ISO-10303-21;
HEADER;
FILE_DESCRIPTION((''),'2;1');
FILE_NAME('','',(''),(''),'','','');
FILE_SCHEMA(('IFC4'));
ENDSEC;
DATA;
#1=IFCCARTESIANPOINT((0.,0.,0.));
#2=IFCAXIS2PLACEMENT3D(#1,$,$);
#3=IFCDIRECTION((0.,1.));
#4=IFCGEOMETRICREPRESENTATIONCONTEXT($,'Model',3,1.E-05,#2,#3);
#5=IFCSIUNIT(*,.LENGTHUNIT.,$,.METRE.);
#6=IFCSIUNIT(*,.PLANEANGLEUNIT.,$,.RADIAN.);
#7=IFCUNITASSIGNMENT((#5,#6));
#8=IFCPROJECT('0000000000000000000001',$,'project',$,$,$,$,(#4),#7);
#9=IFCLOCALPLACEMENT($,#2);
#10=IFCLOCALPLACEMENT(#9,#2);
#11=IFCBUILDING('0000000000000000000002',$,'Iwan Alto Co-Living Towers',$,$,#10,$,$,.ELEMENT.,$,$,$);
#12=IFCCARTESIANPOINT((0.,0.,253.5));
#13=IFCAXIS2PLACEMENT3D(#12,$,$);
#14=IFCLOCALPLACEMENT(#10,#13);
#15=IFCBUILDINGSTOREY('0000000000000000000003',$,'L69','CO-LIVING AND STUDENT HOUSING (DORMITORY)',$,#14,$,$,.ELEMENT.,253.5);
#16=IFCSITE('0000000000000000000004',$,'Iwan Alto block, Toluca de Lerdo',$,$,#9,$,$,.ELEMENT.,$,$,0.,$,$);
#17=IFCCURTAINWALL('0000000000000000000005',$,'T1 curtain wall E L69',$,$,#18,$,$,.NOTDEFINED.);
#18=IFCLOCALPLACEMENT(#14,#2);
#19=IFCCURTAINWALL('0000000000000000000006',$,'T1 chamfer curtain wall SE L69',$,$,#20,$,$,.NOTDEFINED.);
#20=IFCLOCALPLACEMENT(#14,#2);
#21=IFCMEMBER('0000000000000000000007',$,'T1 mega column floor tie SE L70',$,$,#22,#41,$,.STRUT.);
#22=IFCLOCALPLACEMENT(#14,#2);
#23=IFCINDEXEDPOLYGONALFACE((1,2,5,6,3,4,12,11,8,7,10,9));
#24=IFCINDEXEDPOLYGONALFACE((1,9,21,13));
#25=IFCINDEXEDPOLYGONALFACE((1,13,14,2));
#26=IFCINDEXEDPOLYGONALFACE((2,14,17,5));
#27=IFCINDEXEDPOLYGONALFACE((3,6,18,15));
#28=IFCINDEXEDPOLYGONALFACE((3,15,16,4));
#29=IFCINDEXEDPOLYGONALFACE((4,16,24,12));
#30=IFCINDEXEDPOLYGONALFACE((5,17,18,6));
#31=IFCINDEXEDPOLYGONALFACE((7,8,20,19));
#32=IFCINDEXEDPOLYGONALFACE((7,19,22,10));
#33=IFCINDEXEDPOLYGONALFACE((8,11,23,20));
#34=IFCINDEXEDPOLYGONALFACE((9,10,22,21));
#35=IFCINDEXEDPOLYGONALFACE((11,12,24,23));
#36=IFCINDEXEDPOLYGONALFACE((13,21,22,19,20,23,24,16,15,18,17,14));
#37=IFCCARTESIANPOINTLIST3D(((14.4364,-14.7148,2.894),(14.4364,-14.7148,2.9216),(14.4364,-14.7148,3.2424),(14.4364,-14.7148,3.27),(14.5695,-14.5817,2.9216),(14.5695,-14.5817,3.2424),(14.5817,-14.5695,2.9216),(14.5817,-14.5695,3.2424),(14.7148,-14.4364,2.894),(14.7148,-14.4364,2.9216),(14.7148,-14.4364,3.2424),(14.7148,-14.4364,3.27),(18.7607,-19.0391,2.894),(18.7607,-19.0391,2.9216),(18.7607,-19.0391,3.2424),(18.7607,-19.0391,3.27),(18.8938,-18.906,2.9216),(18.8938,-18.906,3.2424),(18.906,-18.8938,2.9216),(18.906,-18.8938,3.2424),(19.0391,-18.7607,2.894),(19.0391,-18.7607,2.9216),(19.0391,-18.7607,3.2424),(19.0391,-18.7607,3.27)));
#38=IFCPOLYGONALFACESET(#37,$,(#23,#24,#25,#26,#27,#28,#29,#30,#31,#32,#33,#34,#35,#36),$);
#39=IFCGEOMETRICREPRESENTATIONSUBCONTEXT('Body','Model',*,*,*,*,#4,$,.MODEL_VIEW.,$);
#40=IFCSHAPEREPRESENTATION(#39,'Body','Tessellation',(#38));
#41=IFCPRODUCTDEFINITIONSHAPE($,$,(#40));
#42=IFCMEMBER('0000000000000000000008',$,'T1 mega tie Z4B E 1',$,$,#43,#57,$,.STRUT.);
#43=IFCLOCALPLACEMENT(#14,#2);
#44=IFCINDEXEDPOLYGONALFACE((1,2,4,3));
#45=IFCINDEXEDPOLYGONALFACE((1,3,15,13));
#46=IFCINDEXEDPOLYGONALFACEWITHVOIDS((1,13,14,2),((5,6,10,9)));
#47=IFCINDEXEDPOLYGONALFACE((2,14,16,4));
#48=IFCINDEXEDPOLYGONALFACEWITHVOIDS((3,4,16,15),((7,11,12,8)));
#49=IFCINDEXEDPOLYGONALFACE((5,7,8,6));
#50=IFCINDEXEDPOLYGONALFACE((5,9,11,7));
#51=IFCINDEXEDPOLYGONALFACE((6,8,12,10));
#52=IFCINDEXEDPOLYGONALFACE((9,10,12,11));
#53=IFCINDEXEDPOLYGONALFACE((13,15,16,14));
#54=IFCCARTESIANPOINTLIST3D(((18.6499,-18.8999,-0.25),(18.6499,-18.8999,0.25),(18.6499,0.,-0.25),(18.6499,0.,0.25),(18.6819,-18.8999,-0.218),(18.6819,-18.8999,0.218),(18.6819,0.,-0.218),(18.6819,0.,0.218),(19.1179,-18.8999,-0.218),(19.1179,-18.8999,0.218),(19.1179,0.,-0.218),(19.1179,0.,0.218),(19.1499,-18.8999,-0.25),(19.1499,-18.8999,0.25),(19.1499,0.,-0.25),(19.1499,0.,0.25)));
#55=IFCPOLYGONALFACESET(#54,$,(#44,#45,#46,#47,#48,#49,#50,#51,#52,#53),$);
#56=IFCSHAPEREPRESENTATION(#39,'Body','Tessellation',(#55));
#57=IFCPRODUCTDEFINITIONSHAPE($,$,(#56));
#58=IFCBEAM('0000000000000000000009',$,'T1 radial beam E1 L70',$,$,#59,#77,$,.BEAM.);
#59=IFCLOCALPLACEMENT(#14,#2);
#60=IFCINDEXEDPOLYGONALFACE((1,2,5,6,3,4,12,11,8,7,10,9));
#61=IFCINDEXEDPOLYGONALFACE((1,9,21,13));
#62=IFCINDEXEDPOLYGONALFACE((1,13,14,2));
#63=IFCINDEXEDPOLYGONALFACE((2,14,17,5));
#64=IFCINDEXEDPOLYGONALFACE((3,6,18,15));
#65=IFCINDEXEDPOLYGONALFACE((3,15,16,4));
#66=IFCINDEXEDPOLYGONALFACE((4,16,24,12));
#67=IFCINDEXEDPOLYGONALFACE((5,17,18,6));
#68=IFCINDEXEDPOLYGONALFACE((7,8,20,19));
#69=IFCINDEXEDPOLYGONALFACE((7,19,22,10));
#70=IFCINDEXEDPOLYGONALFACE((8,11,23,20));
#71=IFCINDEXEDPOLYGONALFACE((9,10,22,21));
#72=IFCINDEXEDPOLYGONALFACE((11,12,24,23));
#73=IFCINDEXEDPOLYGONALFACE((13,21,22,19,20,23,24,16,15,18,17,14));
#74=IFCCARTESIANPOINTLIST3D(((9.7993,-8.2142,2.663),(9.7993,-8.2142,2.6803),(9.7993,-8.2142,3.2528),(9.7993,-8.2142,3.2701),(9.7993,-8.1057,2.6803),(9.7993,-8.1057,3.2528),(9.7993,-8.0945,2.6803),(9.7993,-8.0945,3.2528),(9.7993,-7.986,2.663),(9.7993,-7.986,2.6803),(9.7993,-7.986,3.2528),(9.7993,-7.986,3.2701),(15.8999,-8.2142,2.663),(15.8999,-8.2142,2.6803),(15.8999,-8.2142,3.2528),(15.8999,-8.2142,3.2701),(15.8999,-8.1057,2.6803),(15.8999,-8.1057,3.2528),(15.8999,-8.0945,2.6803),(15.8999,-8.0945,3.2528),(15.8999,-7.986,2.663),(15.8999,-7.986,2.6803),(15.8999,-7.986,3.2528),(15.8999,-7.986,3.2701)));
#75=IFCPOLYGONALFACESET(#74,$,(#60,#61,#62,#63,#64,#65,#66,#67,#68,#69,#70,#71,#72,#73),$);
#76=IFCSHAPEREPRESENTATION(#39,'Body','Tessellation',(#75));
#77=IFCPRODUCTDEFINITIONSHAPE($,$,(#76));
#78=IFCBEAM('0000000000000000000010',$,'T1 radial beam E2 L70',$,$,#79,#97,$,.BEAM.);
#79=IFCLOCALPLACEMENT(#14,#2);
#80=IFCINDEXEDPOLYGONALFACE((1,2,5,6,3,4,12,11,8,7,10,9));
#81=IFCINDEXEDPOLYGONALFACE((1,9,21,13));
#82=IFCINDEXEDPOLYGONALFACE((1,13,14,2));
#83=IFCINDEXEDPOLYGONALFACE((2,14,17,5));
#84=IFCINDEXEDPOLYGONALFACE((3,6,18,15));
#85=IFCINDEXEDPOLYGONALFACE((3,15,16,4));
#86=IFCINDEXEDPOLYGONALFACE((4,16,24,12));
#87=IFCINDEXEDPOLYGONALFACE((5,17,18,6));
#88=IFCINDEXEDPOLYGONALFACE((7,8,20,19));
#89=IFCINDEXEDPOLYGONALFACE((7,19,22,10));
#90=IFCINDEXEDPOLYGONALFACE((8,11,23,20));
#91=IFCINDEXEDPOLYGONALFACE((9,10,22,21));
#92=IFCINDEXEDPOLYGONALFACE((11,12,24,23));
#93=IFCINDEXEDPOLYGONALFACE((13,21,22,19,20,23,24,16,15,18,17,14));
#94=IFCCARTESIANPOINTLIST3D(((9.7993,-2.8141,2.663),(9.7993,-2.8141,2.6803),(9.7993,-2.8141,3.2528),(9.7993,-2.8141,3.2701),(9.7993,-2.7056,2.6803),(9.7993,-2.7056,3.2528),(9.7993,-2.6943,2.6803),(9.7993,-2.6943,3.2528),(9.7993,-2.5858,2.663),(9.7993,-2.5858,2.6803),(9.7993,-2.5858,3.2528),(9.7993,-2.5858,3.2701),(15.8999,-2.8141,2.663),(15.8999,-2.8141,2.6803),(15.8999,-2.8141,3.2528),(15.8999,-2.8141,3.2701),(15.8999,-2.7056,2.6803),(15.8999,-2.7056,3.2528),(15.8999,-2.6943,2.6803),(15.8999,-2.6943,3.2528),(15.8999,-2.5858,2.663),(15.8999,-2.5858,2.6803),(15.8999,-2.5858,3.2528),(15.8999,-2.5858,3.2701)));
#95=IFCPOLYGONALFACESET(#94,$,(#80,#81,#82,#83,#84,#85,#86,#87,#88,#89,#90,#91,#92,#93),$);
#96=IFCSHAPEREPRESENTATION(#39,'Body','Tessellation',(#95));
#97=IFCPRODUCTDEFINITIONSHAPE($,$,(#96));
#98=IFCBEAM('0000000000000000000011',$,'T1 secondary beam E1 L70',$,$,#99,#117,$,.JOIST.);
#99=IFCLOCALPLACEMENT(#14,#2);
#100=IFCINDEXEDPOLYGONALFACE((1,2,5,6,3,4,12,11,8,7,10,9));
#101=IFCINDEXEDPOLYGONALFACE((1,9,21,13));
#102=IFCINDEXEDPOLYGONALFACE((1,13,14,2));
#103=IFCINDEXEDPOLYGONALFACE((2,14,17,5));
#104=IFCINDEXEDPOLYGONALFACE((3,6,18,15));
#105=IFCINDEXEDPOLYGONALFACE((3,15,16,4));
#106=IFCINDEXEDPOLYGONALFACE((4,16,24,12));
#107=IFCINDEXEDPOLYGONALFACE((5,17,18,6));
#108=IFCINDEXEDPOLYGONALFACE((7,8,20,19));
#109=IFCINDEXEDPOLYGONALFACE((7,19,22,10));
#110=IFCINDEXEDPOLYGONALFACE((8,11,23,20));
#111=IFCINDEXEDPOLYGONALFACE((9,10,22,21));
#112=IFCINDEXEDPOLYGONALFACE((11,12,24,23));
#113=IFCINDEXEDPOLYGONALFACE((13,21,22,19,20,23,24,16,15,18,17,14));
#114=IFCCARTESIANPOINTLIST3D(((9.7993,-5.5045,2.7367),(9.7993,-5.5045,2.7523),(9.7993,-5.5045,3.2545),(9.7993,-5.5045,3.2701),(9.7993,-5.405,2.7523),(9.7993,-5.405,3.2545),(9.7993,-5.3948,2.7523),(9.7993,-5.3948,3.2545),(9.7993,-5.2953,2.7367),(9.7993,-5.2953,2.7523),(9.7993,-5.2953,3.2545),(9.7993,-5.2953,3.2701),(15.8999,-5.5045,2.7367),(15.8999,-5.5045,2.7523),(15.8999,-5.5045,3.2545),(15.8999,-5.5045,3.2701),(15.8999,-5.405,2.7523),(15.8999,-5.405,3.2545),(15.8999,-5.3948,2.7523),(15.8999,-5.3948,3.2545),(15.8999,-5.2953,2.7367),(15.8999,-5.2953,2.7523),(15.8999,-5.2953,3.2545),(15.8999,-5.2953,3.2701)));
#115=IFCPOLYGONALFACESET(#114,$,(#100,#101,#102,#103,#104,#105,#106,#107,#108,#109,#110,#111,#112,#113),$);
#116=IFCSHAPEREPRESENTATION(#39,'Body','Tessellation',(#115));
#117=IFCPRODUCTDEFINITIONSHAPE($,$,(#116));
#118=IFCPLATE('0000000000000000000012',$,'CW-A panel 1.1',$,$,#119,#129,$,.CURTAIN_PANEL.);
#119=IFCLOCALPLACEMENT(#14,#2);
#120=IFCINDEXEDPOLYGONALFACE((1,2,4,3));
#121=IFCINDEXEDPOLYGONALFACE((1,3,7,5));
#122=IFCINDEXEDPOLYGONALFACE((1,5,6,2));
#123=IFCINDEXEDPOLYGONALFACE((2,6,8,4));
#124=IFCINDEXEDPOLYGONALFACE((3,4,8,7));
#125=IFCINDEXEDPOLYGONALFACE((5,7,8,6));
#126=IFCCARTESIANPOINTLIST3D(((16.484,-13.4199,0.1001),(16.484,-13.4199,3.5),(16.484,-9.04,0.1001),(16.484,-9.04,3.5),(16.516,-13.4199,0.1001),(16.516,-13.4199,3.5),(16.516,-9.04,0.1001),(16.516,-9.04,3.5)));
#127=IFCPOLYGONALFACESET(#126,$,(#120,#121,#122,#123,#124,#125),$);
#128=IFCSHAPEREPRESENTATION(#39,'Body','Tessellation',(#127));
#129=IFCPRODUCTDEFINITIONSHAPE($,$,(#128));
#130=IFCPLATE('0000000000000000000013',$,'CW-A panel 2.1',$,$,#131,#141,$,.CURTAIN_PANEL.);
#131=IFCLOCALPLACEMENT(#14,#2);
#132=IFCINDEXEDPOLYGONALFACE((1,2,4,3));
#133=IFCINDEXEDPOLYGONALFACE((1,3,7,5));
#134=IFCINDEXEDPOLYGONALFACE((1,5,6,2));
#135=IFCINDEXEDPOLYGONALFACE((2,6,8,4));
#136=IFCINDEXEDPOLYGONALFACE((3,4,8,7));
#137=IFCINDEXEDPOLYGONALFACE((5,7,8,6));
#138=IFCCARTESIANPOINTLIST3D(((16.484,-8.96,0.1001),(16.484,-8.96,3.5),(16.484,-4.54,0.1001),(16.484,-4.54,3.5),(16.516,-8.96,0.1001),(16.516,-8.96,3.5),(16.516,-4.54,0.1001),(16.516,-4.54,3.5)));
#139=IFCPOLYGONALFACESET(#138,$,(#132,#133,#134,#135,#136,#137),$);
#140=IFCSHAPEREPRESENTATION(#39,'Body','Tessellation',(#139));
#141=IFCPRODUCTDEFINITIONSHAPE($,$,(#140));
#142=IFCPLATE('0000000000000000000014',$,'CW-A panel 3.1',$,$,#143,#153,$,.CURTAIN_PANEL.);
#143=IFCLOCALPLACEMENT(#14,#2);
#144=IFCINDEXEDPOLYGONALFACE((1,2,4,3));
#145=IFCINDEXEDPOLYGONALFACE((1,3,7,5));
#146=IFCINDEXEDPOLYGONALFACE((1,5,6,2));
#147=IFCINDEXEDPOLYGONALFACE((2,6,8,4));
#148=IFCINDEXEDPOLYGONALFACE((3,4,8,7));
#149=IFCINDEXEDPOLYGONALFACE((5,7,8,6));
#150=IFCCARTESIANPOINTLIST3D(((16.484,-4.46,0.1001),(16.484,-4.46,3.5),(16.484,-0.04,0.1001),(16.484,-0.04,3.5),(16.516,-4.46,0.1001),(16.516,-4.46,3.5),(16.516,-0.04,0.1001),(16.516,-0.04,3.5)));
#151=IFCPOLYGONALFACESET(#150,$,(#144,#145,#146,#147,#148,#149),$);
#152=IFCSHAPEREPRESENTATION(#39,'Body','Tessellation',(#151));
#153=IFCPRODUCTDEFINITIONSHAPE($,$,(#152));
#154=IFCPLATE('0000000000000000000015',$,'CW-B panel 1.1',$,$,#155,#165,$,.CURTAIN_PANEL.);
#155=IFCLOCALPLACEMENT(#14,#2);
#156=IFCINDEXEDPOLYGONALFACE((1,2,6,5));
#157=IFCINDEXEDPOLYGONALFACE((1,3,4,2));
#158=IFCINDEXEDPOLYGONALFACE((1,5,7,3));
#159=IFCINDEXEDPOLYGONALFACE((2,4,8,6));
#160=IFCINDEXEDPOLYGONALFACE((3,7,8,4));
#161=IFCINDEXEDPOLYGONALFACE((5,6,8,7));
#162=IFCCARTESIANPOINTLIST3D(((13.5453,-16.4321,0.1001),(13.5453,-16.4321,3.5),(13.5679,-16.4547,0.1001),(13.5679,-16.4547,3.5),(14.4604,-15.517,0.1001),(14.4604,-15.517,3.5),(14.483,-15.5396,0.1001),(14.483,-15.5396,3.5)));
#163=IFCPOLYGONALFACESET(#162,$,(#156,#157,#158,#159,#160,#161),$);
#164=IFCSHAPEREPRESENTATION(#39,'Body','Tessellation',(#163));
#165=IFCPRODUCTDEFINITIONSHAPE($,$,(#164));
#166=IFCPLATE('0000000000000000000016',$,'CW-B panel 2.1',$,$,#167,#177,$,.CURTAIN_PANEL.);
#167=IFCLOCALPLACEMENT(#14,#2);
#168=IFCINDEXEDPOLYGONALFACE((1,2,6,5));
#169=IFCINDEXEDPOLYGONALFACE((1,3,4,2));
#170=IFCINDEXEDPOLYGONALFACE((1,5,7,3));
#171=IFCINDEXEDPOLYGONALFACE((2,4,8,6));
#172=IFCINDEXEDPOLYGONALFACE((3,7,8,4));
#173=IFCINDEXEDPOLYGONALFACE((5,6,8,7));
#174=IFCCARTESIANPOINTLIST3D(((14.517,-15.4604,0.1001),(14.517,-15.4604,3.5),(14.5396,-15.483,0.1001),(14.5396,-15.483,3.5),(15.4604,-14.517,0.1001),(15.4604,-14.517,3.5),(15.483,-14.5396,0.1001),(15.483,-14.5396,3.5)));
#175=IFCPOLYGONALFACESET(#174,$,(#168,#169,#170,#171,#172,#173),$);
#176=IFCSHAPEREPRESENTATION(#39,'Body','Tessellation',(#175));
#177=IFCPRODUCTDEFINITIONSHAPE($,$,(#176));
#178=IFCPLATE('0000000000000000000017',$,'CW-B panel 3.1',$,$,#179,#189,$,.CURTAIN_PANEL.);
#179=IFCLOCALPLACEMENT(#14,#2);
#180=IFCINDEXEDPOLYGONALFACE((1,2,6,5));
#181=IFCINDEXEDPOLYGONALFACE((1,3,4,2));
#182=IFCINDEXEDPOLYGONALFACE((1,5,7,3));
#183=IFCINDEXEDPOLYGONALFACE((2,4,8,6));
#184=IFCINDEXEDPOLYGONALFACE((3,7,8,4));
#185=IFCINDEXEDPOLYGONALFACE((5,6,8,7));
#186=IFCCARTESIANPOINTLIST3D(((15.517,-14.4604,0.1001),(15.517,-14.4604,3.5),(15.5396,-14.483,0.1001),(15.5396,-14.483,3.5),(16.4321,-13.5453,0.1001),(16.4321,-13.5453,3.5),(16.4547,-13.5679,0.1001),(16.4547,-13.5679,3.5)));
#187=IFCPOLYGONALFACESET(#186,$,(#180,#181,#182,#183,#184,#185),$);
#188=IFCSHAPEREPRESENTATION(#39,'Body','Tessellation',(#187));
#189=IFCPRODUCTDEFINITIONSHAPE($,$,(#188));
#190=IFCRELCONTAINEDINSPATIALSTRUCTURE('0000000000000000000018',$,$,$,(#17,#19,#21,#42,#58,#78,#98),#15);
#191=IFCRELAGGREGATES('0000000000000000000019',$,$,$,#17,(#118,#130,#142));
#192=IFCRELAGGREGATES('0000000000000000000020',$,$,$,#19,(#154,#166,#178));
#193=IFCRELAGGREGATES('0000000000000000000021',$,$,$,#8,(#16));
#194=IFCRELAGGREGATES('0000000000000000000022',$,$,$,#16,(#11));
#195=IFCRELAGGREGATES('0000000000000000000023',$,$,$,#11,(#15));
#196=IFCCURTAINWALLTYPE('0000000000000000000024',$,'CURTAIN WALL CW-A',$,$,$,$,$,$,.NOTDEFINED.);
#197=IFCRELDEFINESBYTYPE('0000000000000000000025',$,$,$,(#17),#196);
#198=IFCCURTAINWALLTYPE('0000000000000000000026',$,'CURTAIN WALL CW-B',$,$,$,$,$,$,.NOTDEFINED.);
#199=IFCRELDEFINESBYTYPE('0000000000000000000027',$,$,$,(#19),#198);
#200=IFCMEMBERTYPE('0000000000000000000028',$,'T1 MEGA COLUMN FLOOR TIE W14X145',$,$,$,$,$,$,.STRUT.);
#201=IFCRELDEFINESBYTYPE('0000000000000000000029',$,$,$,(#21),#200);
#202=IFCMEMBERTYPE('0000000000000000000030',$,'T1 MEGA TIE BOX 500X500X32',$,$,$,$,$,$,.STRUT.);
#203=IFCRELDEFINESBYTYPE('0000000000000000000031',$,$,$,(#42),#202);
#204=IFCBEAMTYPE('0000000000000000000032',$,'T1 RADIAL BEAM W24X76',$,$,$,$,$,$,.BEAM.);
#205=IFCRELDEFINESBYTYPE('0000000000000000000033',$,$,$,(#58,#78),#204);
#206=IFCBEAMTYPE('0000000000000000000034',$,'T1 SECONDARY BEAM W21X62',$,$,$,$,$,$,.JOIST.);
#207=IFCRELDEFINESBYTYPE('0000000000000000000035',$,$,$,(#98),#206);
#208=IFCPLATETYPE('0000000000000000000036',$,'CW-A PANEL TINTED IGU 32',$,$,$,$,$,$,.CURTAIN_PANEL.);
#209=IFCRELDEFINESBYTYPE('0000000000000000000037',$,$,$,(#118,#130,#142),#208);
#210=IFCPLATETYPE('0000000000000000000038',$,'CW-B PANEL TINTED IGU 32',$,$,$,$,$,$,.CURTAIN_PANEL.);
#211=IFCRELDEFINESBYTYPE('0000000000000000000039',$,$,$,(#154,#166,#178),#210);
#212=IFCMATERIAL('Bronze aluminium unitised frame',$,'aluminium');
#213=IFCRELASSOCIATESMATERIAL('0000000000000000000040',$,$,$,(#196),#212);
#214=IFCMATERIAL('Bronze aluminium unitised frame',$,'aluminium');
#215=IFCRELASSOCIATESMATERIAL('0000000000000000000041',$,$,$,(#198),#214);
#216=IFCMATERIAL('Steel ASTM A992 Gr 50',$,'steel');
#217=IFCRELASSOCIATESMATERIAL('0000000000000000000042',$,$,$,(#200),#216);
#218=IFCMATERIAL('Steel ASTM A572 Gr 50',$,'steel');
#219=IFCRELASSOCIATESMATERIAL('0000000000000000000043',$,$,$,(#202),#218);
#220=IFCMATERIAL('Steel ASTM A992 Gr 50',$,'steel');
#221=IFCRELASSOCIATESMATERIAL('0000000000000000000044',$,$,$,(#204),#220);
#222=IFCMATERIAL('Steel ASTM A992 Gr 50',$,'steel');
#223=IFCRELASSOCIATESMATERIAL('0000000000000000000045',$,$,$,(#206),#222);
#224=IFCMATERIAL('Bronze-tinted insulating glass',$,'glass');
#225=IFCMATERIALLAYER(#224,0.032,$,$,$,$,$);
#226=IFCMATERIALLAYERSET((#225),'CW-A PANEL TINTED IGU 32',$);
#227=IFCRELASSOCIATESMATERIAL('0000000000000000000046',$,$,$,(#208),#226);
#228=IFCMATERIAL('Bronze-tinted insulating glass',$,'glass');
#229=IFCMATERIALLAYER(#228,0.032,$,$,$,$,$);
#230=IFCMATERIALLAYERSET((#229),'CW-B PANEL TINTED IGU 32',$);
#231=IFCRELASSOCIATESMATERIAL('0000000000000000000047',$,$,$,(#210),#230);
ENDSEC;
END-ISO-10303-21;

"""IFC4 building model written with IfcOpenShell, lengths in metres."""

from ifc_helpers import new_model, si_unit, direction, frame, origin, origin_2d, place, context, subcontext, project, spatial, rectangle, hollow_rectangle, i_section, extrude, material, layer, layer_set, material_profile, profile_set, type_object, element, aggregate, save


model = new_model("IFC4")

# Units and contexts
model_context = context("Model", 3, precision=1e-05, world=origin(), true_north=direction((0.0, 1.0)))
body_context = subcontext(model_context, "Body", "Model", "MODEL_VIEW")
ifc_project = project(units=[si_unit("LENGTHUNIT", "METRE"), si_unit("PLANEANGLEUNIT", "RADIAN")], contexts=[model_context])

# Site, building, storey
site_placement = place(None, origin())
site = spatial("IfcSite", under=ifc_project, at=site_placement, Name="Iwan Alto block, Toluca de Lerdo", CompositionType="ELEMENT", RefElevation=0.0)
building_placement = place(site_placement, origin())
building = spatial("IfcBuilding", under=site, at=building_placement, Name="Iwan Alto Co-Living Towers", CompositionType="ELEMENT")
storey_placement = place(building_placement, frame((0.0, 0.0, 253.5)))
storey = spatial("IfcBuildingStorey", under=building, at=storey_placement, Name="L69", Description="CO-LIVING AND STUDENT HOUSING (DORMITORY)", CompositionType="ELEMENT", Elevation=253.5)

# Shared definitions
ifc_material_1 = material(Name="Bronze aluminium unitised frame", Category="aluminium")
curtain_wall_type_1 = type_object("IfcCurtainWallType", Name="CURTAIN WALL CW-A", PredefinedType="NOTDEFINED", material=ifc_material_1)

# Curtain walls
curtain_wall_1_placement = place(storey_placement, origin())
curtain_wall_1 = element("IfcCurtainWall", 1, at=curtain_wall_1_placement, inside=storey, type_object=curtain_wall_type_1, Name="T1 curtain wall E L69", PredefinedType="NOTDEFINED")
ifc_material_2 = material(Name="Bronze aluminium unitised frame", Category="aluminium")
curtain_wall_type_2 = type_object("IfcCurtainWallType", Name="CURTAIN WALL CW-B", PredefinedType="NOTDEFINED", material=ifc_material_2)
curtain_wall_2_placement = place(storey_placement, origin())
curtain_wall_2 = element("IfcCurtainWall", 2, at=curtain_wall_2_placement, inside=storey, type_object=curtain_wall_type_2, Name="T1 chamfer curtain wall SE L69", PredefinedType="NOTDEFINED")

# Members
ifc_material_3 = material(Name="Steel ASTM A992 Gr 50", Category="steel")
ifc_material_profile_1 = material_profile(ifc_material_3, i_section(OverallWidth=0.3938, OverallDepth=0.376, WebThickness=0.0173, FlangeThickness=0.0276, at=origin_2d()), Name="W14X145")
ifc_profile_set_1 = profile_set([ifc_material_profile_1], Name="Steel ASTM A992 Gr 50")
member_type_1 = type_object("IfcMemberType", Name="T1 MEGA COLUMN FLOOR TIE W14X145", PredefinedType="STRUT", material=ifc_profile_set_1)
member_1_placement = place(storey_placement, frame((18.8999, -18.8999, 3.082), z_axis=(-0.707107, 0.707107, 0.0), x_axis=(-0.707107, -0.707107, 0.0)))
element("IfcMember", 3, at=member_1_placement, inside=storey, type_object=member_type_1, Name="T1 mega column floor tie SE L70", PredefinedType="STRUT", context=body_context, shape_type="SweptSolid", body=[
    extrude(i_section(OverallWidth=0.3938, OverallDepth=0.376, WebThickness=0.0173, FlangeThickness=0.0276, at=origin_2d()), origin(), (0.0, 0.0, 1.0), 6.1155),
])
ifc_material_4 = material(Name="Steel ASTM A572 Gr 50", Category="steel")
ifc_material_profile_2 = material_profile(ifc_material_4, hollow_rectangle(XDim=0.5, YDim=0.5, WallThickness=0.032, at=origin_2d()), Name="BOX 500X500X32")
ifc_profile_set_2 = profile_set([ifc_material_profile_2], Name="Steel ASTM A572 Gr 50")
member_type_2 = type_object("IfcMemberType", Name="T1 MEGA TIE BOX 500X500X32", PredefinedType="STRUT", material=ifc_profile_set_2)
member_2_placement = place(storey_placement, frame((18.8999, -18.8999, 0.0), z_axis=(0.0, 1.0, 0.0), x_axis=(-1.0, 0.0, 0.0)))
element("IfcMember", 4, at=member_2_placement, inside=storey, type_object=member_type_2, Name="T1 mega tie Z4B E 1", PredefinedType="STRUT", context=body_context, shape_type="SweptSolid", body=[
    extrude(hollow_rectangle(XDim=0.5, YDim=0.5, WallThickness=0.032, at=origin_2d()), origin(), (0.0, 0.0, 1.0), 18.8999),
])

# Beams
ifc_material_5 = material(Name="Steel ASTM A992 Gr 50", Category="steel")
ifc_material_profile_3 = material_profile(ifc_material_5, i_section(OverallWidth=0.2283, OverallDepth=0.6072, WebThickness=0.0112, FlangeThickness=0.0173, at=origin_2d()), Name="W24X76")
ifc_profile_set_3 = profile_set([ifc_material_profile_3], Name="Steel ASTM A992 Gr 50")
beam_type_1 = type_object("IfcBeamType", Name="T1 RADIAL BEAM W24X76", PredefinedType="BEAM", material=ifc_profile_set_3)
for number, where, z_axis, x_axis, name in (
    (5, (15.8999, -8.1001, 2.9666), (-1.0, 0.0, 0.0), (0.0, -1.0, 0.0), "T1 radial beam E1 L70"),
    (6, (15.8999, -2.7, 2.9666), (-1.0, 0.0, 0.0), (0.0, -1.0, 0.0), "T1 radial beam E2 L70"),
):
    element("IfcBeam", number, at=place(storey_placement, frame(where, z_axis=z_axis, x_axis=x_axis)), inside=storey, type_object=beam_type_1, Name=name, PredefinedType="BEAM", context=body_context, shape_type="SweptSolid", body=[
        extrude(i_section(OverallWidth=0.2283, OverallDepth=0.6072, WebThickness=0.0112, FlangeThickness=0.0173, at=origin_2d()), origin(), (0.0, 0.0, 1.0), 6.1006),
    ])
ifc_material_6 = material(Name="Steel ASTM A992 Gr 50", Category="steel")
ifc_material_profile_4 = material_profile(ifc_material_6, i_section(OverallWidth=0.2092, OverallDepth=0.5334, WebThickness=0.0103, FlangeThickness=0.0156, at=origin_2d()), Name="W21X62")
ifc_profile_set_4 = profile_set([ifc_material_profile_4], Name="Steel ASTM A992 Gr 50")
beam_type_2 = type_object("IfcBeamType", Name="T1 SECONDARY BEAM W21X62", PredefinedType="JOIST", material=ifc_profile_set_4)
beam_1_placement = place(storey_placement, frame((15.8999, -5.3999, 3.0034), z_axis=(-1.0, 0.0, 0.0), x_axis=(0.0, -1.0, 0.0)))
element("IfcBeam", 7, at=beam_1_placement, inside=storey, type_object=beam_type_2, Name="T1 secondary beam E1 L70", PredefinedType="JOIST", context=body_context, shape_type="SweptSolid", body=[
    extrude(i_section(OverallWidth=0.2092, OverallDepth=0.5334, WebThickness=0.0103, FlangeThickness=0.0156, at=origin_2d()), origin(), (0.0, 0.0, 1.0), 6.1006),
])

# Plates
ifc_material_7 = material(Name="Bronze-tinted insulating glass", Category="glass")
ifc_layer_1 = layer(ifc_material_7, 0.032)
ifc_layer_set_1 = layer_set([ifc_layer_1], Name="CW-A PANEL TINTED IGU 32")
plate_type_1 = type_object("IfcPlateType", Name="CW-A PANEL TINTED IGU 32", PredefinedType="CURTAIN_PANEL", material=ifc_layer_set_1)
plate_1_placement = place(storey_placement, frame((16.5, -11.23, 0.1001), z_axis=(0.0, 0.0, 1.0), x_axis=(0.0, 1.0, 0.0)))
plate_1 = element("IfcPlate", 8, at=plate_1_placement, type_object=plate_type_1, Name="CW-A panel 1.1", PredefinedType="CURTAIN_PANEL", context=body_context, shape_type="SweptSolid", body=[
    extrude(rectangle(XDim=4.3799, YDim=0.032, at=origin_2d()), origin(), (0.0, 0.0, 1.0), 3.3999),
])
plate_2_placement = place(storey_placement, frame((16.5, -6.75, 0.1001), z_axis=(0.0, 0.0, 1.0), x_axis=(0.0, 1.0, 0.0)))
plate_2 = element("IfcPlate", 9, at=plate_2_placement, type_object=plate_type_1, Name="CW-A panel 2.1", PredefinedType="CURTAIN_PANEL", context=body_context, shape_type="SweptSolid", body=[
    extrude(rectangle(XDim=4.4199, YDim=0.032, at=origin_2d()), origin(), (0.0, 0.0, 1.0), 3.3999),
])
plate_3_placement = place(storey_placement, frame((16.5, -2.25, 0.1001), z_axis=(0.0, 0.0, 1.0), x_axis=(0.0, 1.0, 0.0)))
plate_3 = element("IfcPlate", 10, at=plate_3_placement, type_object=plate_type_1, Name="CW-A panel 3.1", PredefinedType="CURTAIN_PANEL", context=body_context, shape_type="SweptSolid", body=[
    extrude(rectangle(XDim=4.4199, YDim=0.032, at=origin_2d()), origin(), (0.0, 0.0, 1.0), 3.3999),
])
aggregate(curtain_wall_1, [plate_1, plate_2, plate_3])
ifc_material_8 = material(Name="Bronze-tinted insulating glass", Category="glass")
ifc_layer_2 = layer(ifc_material_8, 0.032)
ifc_layer_set_2 = layer_set([ifc_layer_2], Name="CW-B PANEL TINTED IGU 32")
plate_type_2 = type_object("IfcPlateType", Name="CW-B PANEL TINTED IGU 32", PredefinedType="CURTAIN_PANEL", material=ifc_layer_set_2)
plate_4_placement = place(storey_placement, frame((14.0142, -15.9858, 0.1001), z_axis=(0.0, 0.0, 1.0), x_axis=(0.707107, 0.707107, 0.0)))
plate_4 = element("IfcPlate", 11, at=plate_4_placement, type_object=plate_type_2, Name="CW-B panel 1.1", PredefinedType="CURTAIN_PANEL", context=body_context, shape_type="SweptSolid", body=[
    extrude(rectangle(XDim=1.2942, YDim=0.032, at=origin_2d()), origin(), (0.0, 0.0, 1.0), 3.3999),
])
plate_5_placement = place(storey_placement, frame((15.0, -15.0, 0.1001), z_axis=(0.0, 0.0, 1.0), x_axis=(0.707107, 0.707107, 0.0)))
plate_5 = element("IfcPlate", 12, at=plate_5_placement, type_object=plate_type_2, Name="CW-B panel 2.1", PredefinedType="CURTAIN_PANEL", context=body_context, shape_type="SweptSolid", body=[
    extrude(rectangle(XDim=1.3342, YDim=0.032, at=origin_2d()), origin(), (0.0, 0.0, 1.0), 3.3999),
])
plate_6_placement = place(storey_placement, frame((15.9858, -14.0142, 0.1001), z_axis=(0.0, 0.0, 1.0), x_axis=(0.707107, 0.707107, 0.0)))
plate_6 = element("IfcPlate", 13, at=plate_6_placement, type_object=plate_type_2, Name="CW-B panel 3.1", PredefinedType="CURTAIN_PANEL", context=body_context, shape_type="SweptSolid", body=[
    extrude(rectangle(XDim=1.2942, YDim=0.032, at=origin_2d()), origin(), (0.0, 0.0, 1.0), 3.3999),
])
aggregate(curtain_wall_2, [plate_4, plate_5, plate_6])

save(model, "model.ifc")
